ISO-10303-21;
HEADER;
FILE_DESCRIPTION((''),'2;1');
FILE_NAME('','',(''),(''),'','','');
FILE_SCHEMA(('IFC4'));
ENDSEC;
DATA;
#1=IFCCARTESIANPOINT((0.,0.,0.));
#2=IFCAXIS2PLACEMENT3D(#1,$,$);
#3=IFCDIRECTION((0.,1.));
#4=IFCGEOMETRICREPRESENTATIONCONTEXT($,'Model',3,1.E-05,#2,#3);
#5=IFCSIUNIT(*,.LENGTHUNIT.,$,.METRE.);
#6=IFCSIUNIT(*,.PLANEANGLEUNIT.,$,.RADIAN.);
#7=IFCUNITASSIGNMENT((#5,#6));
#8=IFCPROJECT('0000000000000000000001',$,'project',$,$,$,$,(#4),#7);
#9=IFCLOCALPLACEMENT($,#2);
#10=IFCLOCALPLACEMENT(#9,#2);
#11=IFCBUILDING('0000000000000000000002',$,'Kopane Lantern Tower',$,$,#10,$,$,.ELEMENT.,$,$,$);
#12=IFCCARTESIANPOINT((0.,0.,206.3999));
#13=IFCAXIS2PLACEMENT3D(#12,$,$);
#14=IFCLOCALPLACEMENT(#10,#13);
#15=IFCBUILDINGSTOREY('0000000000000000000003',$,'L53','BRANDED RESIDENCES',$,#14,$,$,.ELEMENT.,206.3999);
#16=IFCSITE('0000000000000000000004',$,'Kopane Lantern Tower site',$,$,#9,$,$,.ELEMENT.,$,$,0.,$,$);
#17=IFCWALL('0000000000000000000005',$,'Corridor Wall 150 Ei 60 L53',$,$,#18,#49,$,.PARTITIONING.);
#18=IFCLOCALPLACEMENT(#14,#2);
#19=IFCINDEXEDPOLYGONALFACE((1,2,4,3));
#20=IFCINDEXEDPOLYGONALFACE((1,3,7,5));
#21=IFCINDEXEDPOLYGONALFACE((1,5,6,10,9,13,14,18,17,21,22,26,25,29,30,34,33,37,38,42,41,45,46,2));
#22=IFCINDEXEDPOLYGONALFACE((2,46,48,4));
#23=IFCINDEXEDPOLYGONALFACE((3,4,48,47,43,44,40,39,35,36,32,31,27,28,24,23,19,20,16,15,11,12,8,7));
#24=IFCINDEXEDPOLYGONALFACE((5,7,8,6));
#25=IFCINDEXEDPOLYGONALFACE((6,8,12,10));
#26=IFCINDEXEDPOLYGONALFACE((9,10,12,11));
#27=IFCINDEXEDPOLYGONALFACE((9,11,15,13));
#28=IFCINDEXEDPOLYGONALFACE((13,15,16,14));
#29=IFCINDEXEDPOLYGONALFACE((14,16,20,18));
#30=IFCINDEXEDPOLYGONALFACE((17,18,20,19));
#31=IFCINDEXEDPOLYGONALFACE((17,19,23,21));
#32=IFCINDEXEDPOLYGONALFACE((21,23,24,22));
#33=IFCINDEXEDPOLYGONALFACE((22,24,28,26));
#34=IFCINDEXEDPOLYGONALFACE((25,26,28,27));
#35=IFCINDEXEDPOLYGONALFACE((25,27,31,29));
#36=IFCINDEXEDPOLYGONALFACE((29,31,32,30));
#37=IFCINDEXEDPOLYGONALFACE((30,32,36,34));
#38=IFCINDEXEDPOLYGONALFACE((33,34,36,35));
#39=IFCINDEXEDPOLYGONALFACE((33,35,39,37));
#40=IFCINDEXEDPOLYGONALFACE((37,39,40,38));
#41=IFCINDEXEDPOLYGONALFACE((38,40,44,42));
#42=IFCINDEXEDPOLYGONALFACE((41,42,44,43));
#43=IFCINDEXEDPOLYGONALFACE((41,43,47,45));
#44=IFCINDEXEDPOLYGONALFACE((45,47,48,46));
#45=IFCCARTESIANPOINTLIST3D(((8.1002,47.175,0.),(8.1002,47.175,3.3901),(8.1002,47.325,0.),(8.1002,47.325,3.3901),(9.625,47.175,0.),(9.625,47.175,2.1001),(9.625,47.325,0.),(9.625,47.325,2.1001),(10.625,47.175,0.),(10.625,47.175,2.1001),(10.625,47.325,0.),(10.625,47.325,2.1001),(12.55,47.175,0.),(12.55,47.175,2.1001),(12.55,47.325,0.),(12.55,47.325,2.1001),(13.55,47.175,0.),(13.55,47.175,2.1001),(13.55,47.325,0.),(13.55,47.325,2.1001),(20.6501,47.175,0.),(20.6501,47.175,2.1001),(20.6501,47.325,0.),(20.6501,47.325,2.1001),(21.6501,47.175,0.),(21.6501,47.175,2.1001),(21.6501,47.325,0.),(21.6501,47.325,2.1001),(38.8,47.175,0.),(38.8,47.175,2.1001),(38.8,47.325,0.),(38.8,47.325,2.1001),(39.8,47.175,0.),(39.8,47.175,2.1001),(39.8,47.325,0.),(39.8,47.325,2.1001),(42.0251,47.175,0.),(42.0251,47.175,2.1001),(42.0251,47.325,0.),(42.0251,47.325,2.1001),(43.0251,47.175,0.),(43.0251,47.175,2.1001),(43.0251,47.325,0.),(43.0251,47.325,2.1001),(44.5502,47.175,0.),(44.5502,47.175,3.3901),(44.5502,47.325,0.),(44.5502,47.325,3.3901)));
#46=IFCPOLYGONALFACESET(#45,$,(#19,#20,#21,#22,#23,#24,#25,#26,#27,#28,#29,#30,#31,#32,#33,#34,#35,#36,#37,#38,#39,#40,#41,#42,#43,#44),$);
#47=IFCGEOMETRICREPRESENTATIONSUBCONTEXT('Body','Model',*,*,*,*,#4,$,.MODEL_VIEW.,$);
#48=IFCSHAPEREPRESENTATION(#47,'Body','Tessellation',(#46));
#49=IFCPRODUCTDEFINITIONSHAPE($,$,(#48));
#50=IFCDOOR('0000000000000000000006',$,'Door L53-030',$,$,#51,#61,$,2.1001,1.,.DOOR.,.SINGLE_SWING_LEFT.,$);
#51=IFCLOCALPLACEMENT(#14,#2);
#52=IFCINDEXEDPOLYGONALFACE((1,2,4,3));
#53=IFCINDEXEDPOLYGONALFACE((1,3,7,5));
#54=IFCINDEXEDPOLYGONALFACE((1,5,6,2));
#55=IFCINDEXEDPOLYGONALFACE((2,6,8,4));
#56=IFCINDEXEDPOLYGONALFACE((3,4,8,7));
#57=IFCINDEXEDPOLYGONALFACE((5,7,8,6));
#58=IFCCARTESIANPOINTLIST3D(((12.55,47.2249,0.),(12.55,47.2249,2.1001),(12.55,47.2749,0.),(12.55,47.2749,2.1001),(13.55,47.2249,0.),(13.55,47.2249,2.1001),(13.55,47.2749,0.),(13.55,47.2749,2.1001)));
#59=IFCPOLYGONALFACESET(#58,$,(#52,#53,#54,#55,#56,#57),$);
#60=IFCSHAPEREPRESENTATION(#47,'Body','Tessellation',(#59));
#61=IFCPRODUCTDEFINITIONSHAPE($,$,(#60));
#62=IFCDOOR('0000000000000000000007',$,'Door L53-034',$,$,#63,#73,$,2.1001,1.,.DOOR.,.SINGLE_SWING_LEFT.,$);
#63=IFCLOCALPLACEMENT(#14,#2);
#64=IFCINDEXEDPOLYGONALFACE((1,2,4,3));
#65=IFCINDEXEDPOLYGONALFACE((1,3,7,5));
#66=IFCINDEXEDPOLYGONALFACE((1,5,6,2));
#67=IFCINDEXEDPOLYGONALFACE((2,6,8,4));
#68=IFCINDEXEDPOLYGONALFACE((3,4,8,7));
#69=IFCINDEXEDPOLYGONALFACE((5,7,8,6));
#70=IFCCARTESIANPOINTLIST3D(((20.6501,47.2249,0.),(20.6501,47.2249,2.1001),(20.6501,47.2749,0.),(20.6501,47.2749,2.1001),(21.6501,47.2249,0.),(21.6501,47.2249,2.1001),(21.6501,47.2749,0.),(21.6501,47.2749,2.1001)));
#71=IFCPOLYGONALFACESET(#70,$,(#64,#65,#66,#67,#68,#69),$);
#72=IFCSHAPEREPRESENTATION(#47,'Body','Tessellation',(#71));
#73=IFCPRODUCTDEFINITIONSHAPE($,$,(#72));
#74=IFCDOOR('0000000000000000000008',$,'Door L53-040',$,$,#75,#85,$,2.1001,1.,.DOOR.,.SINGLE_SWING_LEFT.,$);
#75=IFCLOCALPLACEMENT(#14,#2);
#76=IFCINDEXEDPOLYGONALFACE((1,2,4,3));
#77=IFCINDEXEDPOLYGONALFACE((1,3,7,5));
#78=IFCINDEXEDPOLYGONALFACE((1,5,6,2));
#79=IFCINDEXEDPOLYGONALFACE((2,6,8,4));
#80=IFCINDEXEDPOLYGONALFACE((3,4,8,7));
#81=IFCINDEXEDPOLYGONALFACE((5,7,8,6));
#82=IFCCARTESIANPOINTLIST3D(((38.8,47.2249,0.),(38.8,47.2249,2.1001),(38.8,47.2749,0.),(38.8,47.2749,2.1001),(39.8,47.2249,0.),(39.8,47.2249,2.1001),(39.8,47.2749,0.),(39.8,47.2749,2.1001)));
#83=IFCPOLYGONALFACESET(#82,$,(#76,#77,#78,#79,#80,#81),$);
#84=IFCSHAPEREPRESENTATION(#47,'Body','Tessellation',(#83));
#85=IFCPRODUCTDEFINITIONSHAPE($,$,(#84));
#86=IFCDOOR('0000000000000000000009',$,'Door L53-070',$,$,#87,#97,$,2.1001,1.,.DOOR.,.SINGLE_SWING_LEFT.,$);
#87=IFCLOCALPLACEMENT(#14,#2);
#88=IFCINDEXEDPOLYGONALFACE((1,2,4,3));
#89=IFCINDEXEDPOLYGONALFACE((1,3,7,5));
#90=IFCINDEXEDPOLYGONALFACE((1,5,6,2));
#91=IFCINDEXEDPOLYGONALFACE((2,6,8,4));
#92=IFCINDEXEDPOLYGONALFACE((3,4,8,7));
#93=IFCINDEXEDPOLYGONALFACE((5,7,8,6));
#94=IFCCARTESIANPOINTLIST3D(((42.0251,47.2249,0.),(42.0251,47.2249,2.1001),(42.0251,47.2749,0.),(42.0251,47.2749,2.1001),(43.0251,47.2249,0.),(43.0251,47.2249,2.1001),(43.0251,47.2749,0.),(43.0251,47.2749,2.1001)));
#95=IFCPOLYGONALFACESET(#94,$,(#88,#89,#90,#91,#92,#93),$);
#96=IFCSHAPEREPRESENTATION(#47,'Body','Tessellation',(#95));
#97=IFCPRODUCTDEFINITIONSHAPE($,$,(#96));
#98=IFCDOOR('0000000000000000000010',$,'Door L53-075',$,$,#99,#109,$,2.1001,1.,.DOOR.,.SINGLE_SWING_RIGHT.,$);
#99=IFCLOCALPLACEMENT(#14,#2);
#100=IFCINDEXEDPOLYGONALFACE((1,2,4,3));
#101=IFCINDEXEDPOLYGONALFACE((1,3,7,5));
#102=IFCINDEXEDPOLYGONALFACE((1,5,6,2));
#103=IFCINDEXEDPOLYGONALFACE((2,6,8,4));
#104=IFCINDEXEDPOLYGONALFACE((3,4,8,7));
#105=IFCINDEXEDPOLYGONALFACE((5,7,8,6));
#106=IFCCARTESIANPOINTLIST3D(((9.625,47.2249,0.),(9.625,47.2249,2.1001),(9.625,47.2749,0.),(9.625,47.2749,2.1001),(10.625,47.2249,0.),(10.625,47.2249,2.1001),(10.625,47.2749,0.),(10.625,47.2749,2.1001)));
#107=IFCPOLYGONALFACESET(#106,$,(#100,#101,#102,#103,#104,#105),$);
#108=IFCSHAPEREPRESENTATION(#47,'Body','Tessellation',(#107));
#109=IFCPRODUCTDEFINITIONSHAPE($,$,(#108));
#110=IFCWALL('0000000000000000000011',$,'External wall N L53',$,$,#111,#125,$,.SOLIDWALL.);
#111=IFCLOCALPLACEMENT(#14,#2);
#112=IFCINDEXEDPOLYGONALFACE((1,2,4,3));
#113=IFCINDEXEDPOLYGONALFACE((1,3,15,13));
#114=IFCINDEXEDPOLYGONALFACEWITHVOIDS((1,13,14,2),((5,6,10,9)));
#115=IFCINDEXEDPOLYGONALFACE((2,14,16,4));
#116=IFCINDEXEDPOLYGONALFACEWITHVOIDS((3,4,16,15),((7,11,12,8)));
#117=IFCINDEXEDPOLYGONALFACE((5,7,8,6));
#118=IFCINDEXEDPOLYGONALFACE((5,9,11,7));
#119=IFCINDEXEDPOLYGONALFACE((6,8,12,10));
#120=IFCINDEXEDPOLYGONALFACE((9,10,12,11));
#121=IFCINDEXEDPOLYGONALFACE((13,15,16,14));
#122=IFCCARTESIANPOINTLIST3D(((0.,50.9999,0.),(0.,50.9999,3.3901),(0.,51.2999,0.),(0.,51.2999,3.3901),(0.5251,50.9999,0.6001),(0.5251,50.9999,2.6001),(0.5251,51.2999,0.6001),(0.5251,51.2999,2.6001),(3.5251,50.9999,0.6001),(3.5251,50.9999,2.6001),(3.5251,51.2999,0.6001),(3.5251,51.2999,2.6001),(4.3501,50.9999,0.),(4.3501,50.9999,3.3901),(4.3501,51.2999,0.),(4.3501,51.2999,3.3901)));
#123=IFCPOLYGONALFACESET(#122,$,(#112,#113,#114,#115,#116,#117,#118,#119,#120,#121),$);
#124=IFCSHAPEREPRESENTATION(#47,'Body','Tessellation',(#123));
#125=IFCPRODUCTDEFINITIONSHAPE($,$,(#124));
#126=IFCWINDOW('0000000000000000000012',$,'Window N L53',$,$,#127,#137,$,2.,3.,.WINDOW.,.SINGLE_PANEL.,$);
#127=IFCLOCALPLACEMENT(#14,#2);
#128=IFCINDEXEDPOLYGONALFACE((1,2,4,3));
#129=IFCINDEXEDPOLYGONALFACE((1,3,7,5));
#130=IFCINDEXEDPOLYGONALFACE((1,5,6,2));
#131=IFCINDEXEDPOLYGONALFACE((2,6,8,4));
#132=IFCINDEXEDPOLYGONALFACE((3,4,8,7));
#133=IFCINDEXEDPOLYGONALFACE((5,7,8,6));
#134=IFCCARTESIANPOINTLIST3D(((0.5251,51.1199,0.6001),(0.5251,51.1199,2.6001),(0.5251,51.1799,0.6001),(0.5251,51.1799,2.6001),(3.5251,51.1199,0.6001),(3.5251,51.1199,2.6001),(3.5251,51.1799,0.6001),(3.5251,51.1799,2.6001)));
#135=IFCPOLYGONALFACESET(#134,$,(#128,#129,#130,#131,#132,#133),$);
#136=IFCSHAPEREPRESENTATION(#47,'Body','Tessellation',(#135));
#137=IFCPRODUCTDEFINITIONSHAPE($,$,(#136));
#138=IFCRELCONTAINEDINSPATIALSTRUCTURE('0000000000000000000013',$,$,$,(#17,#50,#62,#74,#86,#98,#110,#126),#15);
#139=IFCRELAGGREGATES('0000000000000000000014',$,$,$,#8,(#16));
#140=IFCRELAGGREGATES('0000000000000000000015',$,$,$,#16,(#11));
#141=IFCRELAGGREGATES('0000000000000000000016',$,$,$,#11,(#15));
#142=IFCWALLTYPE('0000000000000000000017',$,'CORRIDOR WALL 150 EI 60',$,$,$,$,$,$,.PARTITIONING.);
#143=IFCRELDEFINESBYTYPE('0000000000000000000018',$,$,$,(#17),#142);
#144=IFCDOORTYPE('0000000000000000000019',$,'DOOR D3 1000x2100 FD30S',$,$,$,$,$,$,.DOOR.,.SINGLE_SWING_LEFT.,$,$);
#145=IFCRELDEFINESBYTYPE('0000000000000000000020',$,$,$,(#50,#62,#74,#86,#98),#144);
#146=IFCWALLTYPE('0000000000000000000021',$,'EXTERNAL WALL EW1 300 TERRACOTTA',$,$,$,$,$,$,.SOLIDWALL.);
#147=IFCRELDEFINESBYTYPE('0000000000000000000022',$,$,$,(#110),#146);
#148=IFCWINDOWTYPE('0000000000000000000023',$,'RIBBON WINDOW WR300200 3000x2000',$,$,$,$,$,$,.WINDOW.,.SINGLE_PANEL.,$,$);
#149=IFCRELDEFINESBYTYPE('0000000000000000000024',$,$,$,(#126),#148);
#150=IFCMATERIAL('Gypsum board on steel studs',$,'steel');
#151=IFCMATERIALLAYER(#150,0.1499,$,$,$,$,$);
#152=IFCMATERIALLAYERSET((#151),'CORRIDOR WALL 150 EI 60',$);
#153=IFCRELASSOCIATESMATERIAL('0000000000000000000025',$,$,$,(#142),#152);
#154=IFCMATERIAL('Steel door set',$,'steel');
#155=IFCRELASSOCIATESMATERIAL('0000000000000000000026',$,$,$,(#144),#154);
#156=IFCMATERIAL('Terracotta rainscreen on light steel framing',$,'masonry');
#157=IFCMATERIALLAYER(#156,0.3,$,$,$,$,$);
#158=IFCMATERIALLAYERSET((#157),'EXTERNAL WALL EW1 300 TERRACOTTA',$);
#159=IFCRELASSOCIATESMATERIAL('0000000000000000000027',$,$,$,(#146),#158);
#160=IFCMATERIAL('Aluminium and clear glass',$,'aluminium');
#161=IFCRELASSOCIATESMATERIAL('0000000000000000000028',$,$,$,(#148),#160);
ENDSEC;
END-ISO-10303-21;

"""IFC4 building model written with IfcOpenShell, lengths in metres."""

from ifc_helpers import new_model, si_unit, direction, frame, frame_2d, origin, place, context, subcontext, project, spatial, rectangle, extrude, material, layer, layer_set, type_object, element, fill, save


model = new_model("IFC4")

# Units and contexts
model_context = context("Model", 3, precision=1e-05, world=origin(), true_north=direction((0.0, 1.0)))
body_context = subcontext(model_context, "Body", "Model", "MODEL_VIEW")
ifc_project = project(units=[si_unit("LENGTHUNIT", "METRE"), si_unit("PLANEANGLEUNIT", "RADIAN")], contexts=[model_context])

# Site, building, storey
site_placement = place(None, origin())
site = spatial("IfcSite", under=ifc_project, at=site_placement, Name="Kopane Lantern Tower site", CompositionType="ELEMENT", RefElevation=0.0)
building_placement = place(site_placement, origin())
building = spatial("IfcBuilding", under=site, at=building_placement, Name="Kopane Lantern Tower", CompositionType="ELEMENT")
storey_placement = place(building_placement, frame((0.0, 0.0, 206.3999)))
storey = spatial("IfcBuildingStorey", under=building, at=storey_placement, Name="L53", Description="BRANDED RESIDENCES", CompositionType="ELEMENT", Elevation=206.3999)

# Wall, openings, doors
ifc_material_1 = material(Name="Gypsum board on steel studs", Category="steel")
ifc_layer_1 = layer(ifc_material_1, 0.1499)
ifc_layer_set_1 = layer_set([ifc_layer_1], Name="CORRIDOR WALL 150 EI 60")
wall_type_1 = type_object("IfcWallType", Name="CORRIDOR WALL 150 EI 60", PredefinedType="PARTITIONING", material=ifc_layer_set_1)
wall_1_placement = place(storey_placement, frame((8.1001, 47.25, 0.0), z_axis=(0.0, 0.0, 1.0), x_axis=(1.0, 0.0, 0.0)))
wall_1 = element("IfcWall", 1, at=wall_1_placement, inside=storey, type_object=wall_type_1, Name="Corridor Wall 150 Ei 60 L53", PredefinedType="PARTITIONING", context=body_context, shape_type="SweptSolid", body=[
    extrude(rectangle(XDim=36.45, YDim=0.1499, at=frame_2d((18.2251, 0.0))), origin(), (0.0, 0.0, 1.0), 3.3901),
])
opening_1_placement = place(wall_1_placement, frame((4.45, 0.0, 0.0)))
opening_1 = element("IfcOpeningElement", 2, at=opening_1_placement, cuts=wall_1, PredefinedType="OPENING", context=body_context, shape_type="SweptSolid", body=[
    extrude(rectangle(XDim=1.0, YDim=2.1001, at=frame_2d((0.5, 1.05))), frame((0.0, 0.085, 0.0), z_axis=(0.0, -1.0, 0.0), x_axis=(1.0, 0.0, 0.0)), (0.0, 0.0, 1.0), 0.1699),
])
opening_2_placement = place(wall_1_placement, frame((12.55, 0.0, 0.0)))
opening_2 = element("IfcOpeningElement", 3, at=opening_2_placement, cuts=wall_1, PredefinedType="OPENING", context=body_context, shape_type="SweptSolid", body=[
    extrude(rectangle(XDim=1.0, YDim=2.1001, at=frame_2d((0.5, 1.05))), frame((0.0, 0.085, 0.0), z_axis=(0.0, -1.0, 0.0), x_axis=(1.0, 0.0, 0.0)), (0.0, 0.0, 1.0), 0.1699),
])
opening_3_placement = place(wall_1_placement, frame((30.7, 0.0, 0.0)))
opening_3 = element("IfcOpeningElement", 4, at=opening_3_placement, cuts=wall_1, PredefinedType="OPENING", context=body_context, shape_type="SweptSolid", body=[
    extrude(rectangle(XDim=1.0, YDim=2.1001, at=frame_2d((0.5, 1.05))), frame((0.0, 0.085, 0.0), z_axis=(0.0, -1.0, 0.0), x_axis=(1.0, 0.0, 0.0)), (0.0, 0.0, 1.0), 0.1699),
])
opening_4_placement = place(wall_1_placement, frame((33.925, 0.0, 0.0)))
opening_4 = element("IfcOpeningElement", 5, at=opening_4_placement, cuts=wall_1, PredefinedType="OPENING", context=body_context, shape_type="SweptSolid", body=[
    extrude(rectangle(XDim=1.0, YDim=2.1001, at=frame_2d((0.5, 1.05))), frame((0.0, 0.085, 0.0), z_axis=(0.0, -1.0, 0.0), x_axis=(1.0, 0.0, 0.0)), (0.0, 0.0, 1.0), 0.1699),
])
opening_5_placement = place(wall_1_placement, frame((1.5249, 0.0, 0.0)))
opening_5 = element("IfcOpeningElement", 6, at=opening_5_placement, cuts=wall_1, PredefinedType="OPENING", context=body_context, shape_type="SweptSolid", body=[
    extrude(rectangle(XDim=1.0, YDim=2.1001, at=frame_2d((0.5, 1.05))), frame((0.0, 0.085, 0.0), z_axis=(0.0, -1.0, 0.0), x_axis=(1.0, 0.0, 0.0)), (0.0, 0.0, 1.0), 0.1699),
])
ifc_material_2 = material(Name="Steel door set", Category="steel")
door_type_1 = type_object("IfcDoorType", Name="DOOR D3 1000x2100 FD30S", OperationType="SINGLE_SWING_LEFT", PredefinedType="DOOR", material=ifc_material_2)
door_1_placement = place(opening_1_placement, origin())
door_1 = element("IfcDoor", 7, at=door_1_placement, inside=storey, type_object=door_type_1, Name="Door L53-030", OperationType="SINGLE_SWING_LEFT", OverallHeight=2.1001, OverallWidth=1.0, PredefinedType="DOOR", context=body_context, shape_type="SweptSolid", body=[
    extrude(rectangle(XDim=1.0, YDim=2.1001, at=frame_2d((0.5, 1.05))), frame((0.0, 0.0249, 0.0), z_axis=(0.0, -1.0, 0.0), x_axis=(1.0, 0.0, 0.0)), (0.0, 0.0, 1.0), 0.05),
])
fill(opening_1, door_1)
door_2_placement = place(opening_2_placement, origin())
door_2 = element("IfcDoor", 8, at=door_2_placement, inside=storey, type_object=door_type_1, Name="Door L53-034", OperationType="SINGLE_SWING_LEFT", OverallHeight=2.1001, OverallWidth=1.0, PredefinedType="DOOR", context=body_context, shape_type="SweptSolid", body=[
    extrude(rectangle(XDim=1.0, YDim=2.1001, at=frame_2d((0.5, 1.05))), frame((0.0, 0.0249, 0.0), z_axis=(0.0, -1.0, 0.0), x_axis=(1.0, 0.0, 0.0)), (0.0, 0.0, 1.0), 0.05),
])
fill(opening_2, door_2)
door_3_placement = place(opening_3_placement, origin())
door_3 = element("IfcDoor", 9, at=door_3_placement, inside=storey, type_object=door_type_1, Name="Door L53-040", OperationType="SINGLE_SWING_LEFT", OverallHeight=2.1001, OverallWidth=1.0, PredefinedType="DOOR", context=body_context, shape_type="SweptSolid", body=[
    extrude(rectangle(XDim=1.0, YDim=2.1001, at=frame_2d((0.5, 1.05))), frame((0.0, 0.0249, 0.0), z_axis=(0.0, -1.0, 0.0), x_axis=(1.0, 0.0, 0.0)), (0.0, 0.0, 1.0), 0.05),
])
fill(opening_3, door_3)
door_4_placement = place(opening_4_placement, origin())
door_4 = element("IfcDoor", 10, at=door_4_placement, inside=storey, type_object=door_type_1, Name="Door L53-070", OperationType="SINGLE_SWING_LEFT", OverallHeight=2.1001, OverallWidth=1.0, PredefinedType="DOOR", context=body_context, shape_type="SweptSolid", body=[
    extrude(rectangle(XDim=1.0, YDim=2.1001, at=frame_2d((0.5, 1.05))), frame((0.0, 0.0249, 0.0), z_axis=(0.0, -1.0, 0.0), x_axis=(1.0, 0.0, 0.0)), (0.0, 0.0, 1.0), 0.05),
])
fill(opening_4, door_4)
door_5_placement = place(opening_5_placement, origin())
door_5 = element("IfcDoor", 11, at=door_5_placement, inside=storey, type_object=door_type_1, Name="Door L53-075", OperationType="SINGLE_SWING_RIGHT", OverallHeight=2.1001, OverallWidth=1.0, PredefinedType="DOOR", context=body_context, shape_type="SweptSolid", body=[
    extrude(rectangle(XDim=1.0, YDim=2.1001, at=frame_2d((0.5, 1.05))), frame((0.0, 0.0249, 0.0), z_axis=(0.0, -1.0, 0.0), x_axis=(1.0, 0.0, 0.0)), (0.0, 0.0, 1.0), 0.05),
])
fill(opening_5, door_5)

# Wall, opening, window
ifc_material_3 = material(Name="Terracotta rainscreen on light steel framing", Category="masonry")
ifc_layer_2 = layer(ifc_material_3, 0.3)
ifc_layer_set_2 = layer_set([ifc_layer_2], Name="EXTERNAL WALL EW1 300 TERRACOTTA")
wall_type_2 = type_object("IfcWallType", Name="EXTERNAL WALL EW1 300 TERRACOTTA", PredefinedType="SOLIDWALL", material=ifc_layer_set_2)
wall_2_placement = place(storey_placement, frame((4.3501, 51.1499, 0.0), z_axis=(0.0, 0.0, 1.0), x_axis=(-1.0, 0.0, 0.0)))
wall_2 = element("IfcWall", 12, at=wall_2_placement, inside=storey, type_object=wall_type_2, Name="External wall N L53", PredefinedType="SOLIDWALL", context=body_context, shape_type="SweptSolid", body=[
    extrude(rectangle(XDim=4.3501, YDim=0.3, at=frame_2d((2.175, 0.0))), origin(), (0.0, 0.0, 1.0), 3.3901),
])
opening_6_placement = place(wall_2_placement, frame((0.825, 0.0, 0.6001)))
opening_6 = element("IfcOpeningElement", 13, at=opening_6_placement, cuts=wall_2, PredefinedType="OPENING", context=body_context, shape_type="SweptSolid", body=[
    extrude(rectangle(XDim=3.0, YDim=2.0, at=frame_2d((1.5, 1.0))), frame((0.0, 0.1599, 0.0), z_axis=(0.0, -1.0, 0.0), x_axis=(1.0, 0.0, 0.0)), (0.0, 0.0, 1.0), 0.3201),
])
ifc_material_4 = material(Name="Aluminium and clear glass", Category="aluminium")
window_type = type_object("IfcWindowType", Name="RIBBON WINDOW WR300200 3000x2000", PartitioningType="SINGLE_PANEL", PredefinedType="WINDOW", material=ifc_material_4)
window_placement = place(opening_6_placement, origin())
window = element("IfcWindow", 14, at=window_placement, inside=storey, type_object=window_type, Name="Window N L53", OverallHeight=2.0, OverallWidth=3.0, PartitioningType="SINGLE_PANEL", PredefinedType="WINDOW", context=body_context, shape_type="SweptSolid", body=[
    extrude(rectangle(XDim=3.0, YDim=2.0, at=frame_2d((1.5, 1.0))), frame((0.0, 0.03, 0.0), z_axis=(0.0, -1.0, 0.0), x_axis=(1.0, 0.0, 0.0)), (0.0, 0.0, 1.0), 0.0601),
])
fill(opening_6, window)

save(model, "model.ifc")
